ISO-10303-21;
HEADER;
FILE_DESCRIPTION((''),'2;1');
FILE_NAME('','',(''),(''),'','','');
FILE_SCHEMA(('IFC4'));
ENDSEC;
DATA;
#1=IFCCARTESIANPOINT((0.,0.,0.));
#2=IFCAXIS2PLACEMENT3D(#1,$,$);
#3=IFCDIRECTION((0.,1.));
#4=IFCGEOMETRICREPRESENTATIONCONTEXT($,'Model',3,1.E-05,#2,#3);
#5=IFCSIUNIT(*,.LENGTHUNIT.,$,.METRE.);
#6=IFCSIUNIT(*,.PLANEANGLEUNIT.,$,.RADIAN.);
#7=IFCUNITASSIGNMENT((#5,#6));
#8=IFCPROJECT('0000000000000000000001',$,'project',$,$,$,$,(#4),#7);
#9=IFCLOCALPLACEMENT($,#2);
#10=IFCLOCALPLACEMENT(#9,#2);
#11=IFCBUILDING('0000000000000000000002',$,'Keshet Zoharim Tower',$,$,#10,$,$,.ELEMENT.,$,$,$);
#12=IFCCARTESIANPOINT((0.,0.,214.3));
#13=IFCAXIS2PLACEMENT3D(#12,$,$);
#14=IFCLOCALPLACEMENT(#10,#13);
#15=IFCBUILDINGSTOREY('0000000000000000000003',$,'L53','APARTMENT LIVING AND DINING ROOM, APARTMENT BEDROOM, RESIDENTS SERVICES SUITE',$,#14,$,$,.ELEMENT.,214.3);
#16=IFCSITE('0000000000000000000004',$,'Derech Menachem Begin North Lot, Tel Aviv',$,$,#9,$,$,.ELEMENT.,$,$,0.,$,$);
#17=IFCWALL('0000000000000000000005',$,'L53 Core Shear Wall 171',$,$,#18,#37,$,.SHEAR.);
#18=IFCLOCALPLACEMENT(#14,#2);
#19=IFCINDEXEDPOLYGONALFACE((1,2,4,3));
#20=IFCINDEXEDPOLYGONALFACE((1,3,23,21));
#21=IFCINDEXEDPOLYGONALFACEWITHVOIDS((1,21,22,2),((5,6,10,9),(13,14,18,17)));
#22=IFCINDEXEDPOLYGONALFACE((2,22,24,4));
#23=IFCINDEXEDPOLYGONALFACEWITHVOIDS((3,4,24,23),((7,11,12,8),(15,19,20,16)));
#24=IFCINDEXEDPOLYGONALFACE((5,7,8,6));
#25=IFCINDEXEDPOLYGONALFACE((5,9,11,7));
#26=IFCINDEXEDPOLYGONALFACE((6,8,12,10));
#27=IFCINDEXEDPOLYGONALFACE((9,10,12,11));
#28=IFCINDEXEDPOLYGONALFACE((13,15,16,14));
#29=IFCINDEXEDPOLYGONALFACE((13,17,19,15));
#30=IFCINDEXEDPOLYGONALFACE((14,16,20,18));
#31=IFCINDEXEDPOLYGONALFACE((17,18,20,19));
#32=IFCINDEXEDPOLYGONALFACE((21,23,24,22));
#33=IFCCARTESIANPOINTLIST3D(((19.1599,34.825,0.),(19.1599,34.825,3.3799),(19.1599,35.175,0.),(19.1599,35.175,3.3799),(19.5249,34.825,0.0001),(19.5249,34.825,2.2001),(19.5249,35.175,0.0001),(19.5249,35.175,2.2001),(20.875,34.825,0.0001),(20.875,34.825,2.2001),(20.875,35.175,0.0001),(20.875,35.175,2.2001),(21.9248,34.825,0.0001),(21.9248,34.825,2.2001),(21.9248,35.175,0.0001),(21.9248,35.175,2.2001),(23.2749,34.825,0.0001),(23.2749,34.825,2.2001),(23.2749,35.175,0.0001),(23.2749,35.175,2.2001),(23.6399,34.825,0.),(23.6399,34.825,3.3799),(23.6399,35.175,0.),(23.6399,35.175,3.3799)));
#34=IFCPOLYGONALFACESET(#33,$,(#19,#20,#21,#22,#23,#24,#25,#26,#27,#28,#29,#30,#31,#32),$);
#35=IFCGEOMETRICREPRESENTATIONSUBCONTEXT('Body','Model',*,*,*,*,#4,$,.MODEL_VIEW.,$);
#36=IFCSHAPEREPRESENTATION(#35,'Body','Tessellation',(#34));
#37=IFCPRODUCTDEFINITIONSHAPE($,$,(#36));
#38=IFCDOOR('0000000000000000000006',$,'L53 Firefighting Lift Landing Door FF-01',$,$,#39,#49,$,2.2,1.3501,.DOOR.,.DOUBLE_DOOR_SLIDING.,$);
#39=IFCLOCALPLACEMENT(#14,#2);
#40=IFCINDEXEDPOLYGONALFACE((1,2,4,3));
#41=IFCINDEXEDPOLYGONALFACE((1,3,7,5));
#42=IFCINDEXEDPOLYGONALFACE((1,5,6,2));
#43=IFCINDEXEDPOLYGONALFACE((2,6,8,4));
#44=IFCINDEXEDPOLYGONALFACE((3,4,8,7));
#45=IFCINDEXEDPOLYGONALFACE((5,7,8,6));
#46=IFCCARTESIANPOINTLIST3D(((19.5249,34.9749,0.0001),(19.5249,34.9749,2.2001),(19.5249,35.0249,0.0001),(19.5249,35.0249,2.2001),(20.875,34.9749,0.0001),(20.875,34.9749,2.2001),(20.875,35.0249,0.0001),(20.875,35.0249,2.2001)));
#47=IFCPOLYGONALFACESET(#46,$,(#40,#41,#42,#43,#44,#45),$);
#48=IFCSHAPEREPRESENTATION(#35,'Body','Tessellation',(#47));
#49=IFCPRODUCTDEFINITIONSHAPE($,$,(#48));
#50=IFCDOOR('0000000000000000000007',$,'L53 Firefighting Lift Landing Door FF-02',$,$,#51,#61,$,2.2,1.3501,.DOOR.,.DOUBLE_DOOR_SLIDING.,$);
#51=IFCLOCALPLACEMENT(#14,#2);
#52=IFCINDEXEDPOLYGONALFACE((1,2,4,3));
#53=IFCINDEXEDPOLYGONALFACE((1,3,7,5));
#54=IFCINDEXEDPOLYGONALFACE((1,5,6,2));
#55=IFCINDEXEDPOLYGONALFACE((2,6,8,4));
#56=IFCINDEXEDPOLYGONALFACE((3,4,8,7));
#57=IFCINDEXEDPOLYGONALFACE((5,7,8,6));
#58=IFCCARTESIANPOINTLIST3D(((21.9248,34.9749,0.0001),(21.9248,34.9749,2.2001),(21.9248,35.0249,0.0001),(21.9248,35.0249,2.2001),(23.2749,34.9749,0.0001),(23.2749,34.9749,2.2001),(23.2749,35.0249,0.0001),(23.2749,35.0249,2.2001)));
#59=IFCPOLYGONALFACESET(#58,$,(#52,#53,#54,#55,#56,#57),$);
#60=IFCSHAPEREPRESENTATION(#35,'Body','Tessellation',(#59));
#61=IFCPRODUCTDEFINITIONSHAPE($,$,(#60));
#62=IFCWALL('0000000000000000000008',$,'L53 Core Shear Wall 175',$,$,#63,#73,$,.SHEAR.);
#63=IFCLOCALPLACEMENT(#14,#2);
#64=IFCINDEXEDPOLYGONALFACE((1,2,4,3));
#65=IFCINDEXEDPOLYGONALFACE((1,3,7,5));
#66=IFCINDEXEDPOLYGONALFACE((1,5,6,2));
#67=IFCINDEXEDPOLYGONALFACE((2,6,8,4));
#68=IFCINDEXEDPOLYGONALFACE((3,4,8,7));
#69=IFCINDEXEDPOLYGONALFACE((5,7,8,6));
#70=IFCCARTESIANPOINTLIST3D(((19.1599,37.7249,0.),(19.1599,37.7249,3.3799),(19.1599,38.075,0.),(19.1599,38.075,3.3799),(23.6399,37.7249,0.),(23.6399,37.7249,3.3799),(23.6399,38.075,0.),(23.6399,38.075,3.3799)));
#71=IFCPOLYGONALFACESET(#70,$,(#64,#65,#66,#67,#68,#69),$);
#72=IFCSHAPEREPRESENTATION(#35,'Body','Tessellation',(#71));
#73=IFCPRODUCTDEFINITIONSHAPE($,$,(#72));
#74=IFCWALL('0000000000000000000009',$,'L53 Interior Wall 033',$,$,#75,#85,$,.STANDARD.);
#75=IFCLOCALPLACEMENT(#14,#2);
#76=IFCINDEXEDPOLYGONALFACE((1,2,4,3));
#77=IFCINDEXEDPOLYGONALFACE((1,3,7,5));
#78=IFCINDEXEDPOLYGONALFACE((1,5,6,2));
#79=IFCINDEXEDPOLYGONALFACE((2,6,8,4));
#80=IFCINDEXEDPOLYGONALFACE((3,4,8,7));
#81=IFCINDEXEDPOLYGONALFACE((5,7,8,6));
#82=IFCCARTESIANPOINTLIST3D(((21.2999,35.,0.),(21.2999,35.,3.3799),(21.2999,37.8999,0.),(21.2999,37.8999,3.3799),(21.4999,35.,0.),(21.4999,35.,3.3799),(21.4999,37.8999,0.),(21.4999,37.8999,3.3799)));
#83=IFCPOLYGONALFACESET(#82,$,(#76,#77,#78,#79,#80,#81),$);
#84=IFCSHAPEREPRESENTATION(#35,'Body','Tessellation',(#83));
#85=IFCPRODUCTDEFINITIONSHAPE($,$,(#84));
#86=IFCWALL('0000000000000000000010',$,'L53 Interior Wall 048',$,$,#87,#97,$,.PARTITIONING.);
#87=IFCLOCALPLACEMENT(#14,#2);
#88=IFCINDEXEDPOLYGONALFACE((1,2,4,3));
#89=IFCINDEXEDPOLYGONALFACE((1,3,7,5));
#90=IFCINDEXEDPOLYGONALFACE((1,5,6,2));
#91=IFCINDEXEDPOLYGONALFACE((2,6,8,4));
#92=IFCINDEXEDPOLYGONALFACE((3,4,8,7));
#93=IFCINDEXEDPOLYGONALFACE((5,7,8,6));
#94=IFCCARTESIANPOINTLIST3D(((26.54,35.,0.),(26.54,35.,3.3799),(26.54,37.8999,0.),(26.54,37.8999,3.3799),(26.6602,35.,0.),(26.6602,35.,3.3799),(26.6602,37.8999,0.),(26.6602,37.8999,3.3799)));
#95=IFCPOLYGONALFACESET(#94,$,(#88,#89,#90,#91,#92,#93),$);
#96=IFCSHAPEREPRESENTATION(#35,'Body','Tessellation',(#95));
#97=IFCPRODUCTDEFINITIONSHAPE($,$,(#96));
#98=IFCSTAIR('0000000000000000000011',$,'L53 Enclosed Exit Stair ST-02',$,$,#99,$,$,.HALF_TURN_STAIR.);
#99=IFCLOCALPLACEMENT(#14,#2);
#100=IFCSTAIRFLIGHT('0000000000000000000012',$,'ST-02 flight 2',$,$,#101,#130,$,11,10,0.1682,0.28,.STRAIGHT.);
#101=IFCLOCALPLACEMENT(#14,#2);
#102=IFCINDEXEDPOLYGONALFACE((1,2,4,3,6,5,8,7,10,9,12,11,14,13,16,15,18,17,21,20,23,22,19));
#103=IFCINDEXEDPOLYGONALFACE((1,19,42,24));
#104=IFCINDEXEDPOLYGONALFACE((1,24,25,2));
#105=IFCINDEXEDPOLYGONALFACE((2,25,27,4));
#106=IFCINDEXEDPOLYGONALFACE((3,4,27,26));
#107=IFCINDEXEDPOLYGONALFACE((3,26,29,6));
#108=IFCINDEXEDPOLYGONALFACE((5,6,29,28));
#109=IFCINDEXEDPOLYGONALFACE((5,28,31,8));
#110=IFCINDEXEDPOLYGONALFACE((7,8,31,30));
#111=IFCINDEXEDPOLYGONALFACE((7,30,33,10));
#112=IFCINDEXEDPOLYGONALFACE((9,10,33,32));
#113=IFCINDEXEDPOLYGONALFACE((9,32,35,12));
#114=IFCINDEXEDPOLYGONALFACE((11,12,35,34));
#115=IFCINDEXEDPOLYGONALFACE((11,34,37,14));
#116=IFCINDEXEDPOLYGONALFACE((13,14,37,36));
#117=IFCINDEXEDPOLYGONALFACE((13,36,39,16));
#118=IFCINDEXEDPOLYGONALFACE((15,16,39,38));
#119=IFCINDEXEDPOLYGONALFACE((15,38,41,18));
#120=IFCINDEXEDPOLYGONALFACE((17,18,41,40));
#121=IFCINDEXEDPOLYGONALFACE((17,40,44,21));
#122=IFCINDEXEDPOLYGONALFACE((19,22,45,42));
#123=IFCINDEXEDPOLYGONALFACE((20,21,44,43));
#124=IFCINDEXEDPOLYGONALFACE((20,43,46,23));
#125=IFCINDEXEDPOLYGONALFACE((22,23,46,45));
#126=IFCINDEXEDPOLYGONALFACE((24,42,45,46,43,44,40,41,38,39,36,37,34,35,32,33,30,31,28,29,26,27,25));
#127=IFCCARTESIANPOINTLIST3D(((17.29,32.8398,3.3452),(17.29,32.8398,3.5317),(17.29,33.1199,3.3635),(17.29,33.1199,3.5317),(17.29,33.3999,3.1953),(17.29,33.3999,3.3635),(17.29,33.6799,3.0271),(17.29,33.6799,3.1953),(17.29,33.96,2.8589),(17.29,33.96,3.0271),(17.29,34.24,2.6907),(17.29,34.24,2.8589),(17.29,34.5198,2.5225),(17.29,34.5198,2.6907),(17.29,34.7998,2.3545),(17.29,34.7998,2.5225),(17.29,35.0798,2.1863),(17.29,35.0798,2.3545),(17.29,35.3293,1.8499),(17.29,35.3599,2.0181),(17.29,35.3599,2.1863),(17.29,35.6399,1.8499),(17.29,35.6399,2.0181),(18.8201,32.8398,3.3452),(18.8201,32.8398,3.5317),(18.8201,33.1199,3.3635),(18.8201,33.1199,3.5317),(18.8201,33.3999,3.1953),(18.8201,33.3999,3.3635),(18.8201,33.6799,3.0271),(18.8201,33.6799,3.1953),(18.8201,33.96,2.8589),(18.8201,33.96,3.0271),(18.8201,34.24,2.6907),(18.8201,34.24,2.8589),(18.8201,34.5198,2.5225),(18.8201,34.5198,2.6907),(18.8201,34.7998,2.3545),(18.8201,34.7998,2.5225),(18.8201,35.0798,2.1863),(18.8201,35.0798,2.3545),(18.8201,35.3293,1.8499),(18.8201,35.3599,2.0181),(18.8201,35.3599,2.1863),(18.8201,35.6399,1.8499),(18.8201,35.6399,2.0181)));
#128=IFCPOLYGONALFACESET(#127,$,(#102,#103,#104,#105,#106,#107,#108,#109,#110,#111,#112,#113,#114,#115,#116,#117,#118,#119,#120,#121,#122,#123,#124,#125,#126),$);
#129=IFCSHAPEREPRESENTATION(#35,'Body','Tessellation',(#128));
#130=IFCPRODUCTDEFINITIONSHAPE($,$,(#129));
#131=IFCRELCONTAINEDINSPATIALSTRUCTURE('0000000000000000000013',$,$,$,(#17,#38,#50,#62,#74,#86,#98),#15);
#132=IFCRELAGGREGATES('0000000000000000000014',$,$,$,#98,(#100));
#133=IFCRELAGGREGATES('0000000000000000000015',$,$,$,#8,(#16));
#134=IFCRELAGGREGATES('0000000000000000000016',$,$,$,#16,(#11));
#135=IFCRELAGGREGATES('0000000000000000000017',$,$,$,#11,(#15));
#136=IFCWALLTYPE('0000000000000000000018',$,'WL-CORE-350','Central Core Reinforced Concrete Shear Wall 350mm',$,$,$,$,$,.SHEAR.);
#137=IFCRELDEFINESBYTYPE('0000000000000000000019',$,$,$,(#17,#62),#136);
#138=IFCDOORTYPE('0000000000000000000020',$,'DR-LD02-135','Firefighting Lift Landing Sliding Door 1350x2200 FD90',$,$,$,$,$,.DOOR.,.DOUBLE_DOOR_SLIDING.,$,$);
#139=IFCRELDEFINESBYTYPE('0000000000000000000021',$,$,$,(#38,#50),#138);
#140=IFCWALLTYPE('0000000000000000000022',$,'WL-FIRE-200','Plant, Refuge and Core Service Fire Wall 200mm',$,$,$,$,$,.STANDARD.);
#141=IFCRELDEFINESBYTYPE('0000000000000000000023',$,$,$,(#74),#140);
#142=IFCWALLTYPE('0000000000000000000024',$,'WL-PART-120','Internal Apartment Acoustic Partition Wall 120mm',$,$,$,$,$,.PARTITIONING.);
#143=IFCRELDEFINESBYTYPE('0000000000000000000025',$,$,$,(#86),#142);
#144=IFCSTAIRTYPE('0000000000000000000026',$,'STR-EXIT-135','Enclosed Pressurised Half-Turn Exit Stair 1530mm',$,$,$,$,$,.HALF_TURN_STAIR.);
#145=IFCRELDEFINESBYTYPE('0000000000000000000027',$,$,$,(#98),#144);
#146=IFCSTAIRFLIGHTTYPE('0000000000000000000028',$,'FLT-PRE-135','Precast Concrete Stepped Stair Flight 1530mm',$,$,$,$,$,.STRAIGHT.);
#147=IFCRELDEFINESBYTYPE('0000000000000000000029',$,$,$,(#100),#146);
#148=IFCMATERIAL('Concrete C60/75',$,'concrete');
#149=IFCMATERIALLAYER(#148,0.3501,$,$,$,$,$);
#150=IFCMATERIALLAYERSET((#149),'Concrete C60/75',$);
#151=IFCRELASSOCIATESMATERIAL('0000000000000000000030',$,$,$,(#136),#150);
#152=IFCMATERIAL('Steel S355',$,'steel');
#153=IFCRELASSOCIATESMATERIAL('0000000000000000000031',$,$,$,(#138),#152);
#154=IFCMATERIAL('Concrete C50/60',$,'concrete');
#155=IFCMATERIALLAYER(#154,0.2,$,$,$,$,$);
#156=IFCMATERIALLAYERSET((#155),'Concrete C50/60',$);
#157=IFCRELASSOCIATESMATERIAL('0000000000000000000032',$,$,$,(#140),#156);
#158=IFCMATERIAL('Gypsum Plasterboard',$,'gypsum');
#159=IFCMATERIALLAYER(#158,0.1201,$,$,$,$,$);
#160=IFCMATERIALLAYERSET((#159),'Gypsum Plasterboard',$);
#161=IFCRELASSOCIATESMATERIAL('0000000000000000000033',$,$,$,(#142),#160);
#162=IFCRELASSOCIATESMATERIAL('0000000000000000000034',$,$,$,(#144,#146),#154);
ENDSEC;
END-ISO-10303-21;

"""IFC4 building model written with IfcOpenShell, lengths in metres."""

from ifc_helpers import new_model, si_unit, direction, frame, frame_2d, origin, place, context, subcontext, project, spatial, polyline, rectangle, outline, extrude, material, layer, layer_set, type_object, element, fill, aggregate, save


model = new_model("IFC4")

# Units and contexts
model_context = context("Model", 3, precision=1e-05, world=origin(), true_north=direction((0.0, 1.0)))
body_context = subcontext(model_context, "Body", "Model", "MODEL_VIEW")
ifc_project = project(units=[si_unit("LENGTHUNIT", "METRE"), si_unit("PLANEANGLEUNIT", "RADIAN")], contexts=[model_context])

# Site, building, storey
site_placement = place(None, origin())
site = spatial("IfcSite", under=ifc_project, at=site_placement, Name="Derech Menachem Begin North Lot, Tel Aviv", CompositionType="ELEMENT", RefElevation=0.0)
building_placement = place(site_placement, origin())
building = spatial("IfcBuilding", under=site, at=building_placement, Name="Keshet Zoharim Tower", CompositionType="ELEMENT")
storey_placement = place(building_placement, frame((0.0, 0.0, 214.3)))
storey = spatial("IfcBuildingStorey", under=building, at=storey_placement, Name="L53", Description="APARTMENT LIVING AND DINING ROOM, APARTMENT BEDROOM, RESIDENTS SERVICES SUITE", CompositionType="ELEMENT", Elevation=214.3)

# Shared definitions
ifc_material_1 = material(Name="Steel S355", Category="steel")

# Shared definitions
ifc_material_2 = material(Name="Gypsum Plasterboard", Category="gypsum")
ifc_material_3 = material(Name="Concrete C60/75", Category="concrete")
ifc_layer_1 = layer(ifc_material_3, 0.3501)
ifc_layer_set_1 = layer_set([ifc_layer_1], Name="Concrete C60/75")
wall_type_1 = type_object("IfcWallType", Name="WL-CORE-350", Description="Central Core Reinforced Concrete Shear Wall 350mm", PredefinedType="SHEAR", material=ifc_layer_set_1)

# Wall, openings, doors
wall_1_placement = place(storey_placement, frame((19.1599, 35.0, 0.0), z_axis=(0.0, 0.0, 1.0), x_axis=(1.0, 0.0, 0.0)))
wall_1 = element("IfcWall", 1, at=wall_1_placement, inside=storey, type_object=wall_type_1, Name="L53 Core Shear Wall 171", PredefinedType="SHEAR", context=body_context, shape_type="SweptSolid", body=[
    extrude(rectangle(XDim=4.48, YDim=0.3501, at=frame_2d((2.24, 0.0))), origin(), (0.0, 0.0, 1.0), 3.3799),
])
opening_1_placement = place(wall_1_placement, frame((0.365, 0.0, 0.0)))
opening_1 = element("IfcOpeningElement", 2, at=opening_1_placement, cuts=wall_1, PredefinedType="OPENING", context=body_context, shape_type="SweptSolid", body=[
    extrude(rectangle(XDim=1.3501, YDim=2.2, at=frame_2d((0.675, 1.1001))), frame((0.0, 0.1851, 0.0), z_axis=(0.0, -1.0, 0.0), x_axis=(1.0, 0.0, 0.0)), (0.0, 0.0, 1.0), 0.3701),
])
opening_2_placement = place(wall_1_placement, frame((2.7649, 0.0, 0.0)))
opening_2 = element("IfcOpeningElement", 3, at=opening_2_placement, cuts=wall_1, PredefinedType="OPENING", context=body_context, shape_type="SweptSolid", body=[
    extrude(rectangle(XDim=1.3501, YDim=2.2, at=frame_2d((0.675, 1.1001))), frame((0.0, 0.1851, 0.0), z_axis=(0.0, -1.0, 0.0), x_axis=(1.0, 0.0, 0.0)), (0.0, 0.0, 1.0), 0.3701),
])
door_type_1 = type_object("IfcDoorType", Name="DR-LD02-135", Description="Firefighting Lift Landing Sliding Door 1350x2200 FD90", OperationType="DOUBLE_DOOR_SLIDING", PredefinedType="DOOR", material=ifc_material_1)
door_1_placement = place(opening_1_placement, origin())
door_1 = element("IfcDoor", 4, at=door_1_placement, inside=storey, type_object=door_type_1, Name="L53 Firefighting Lift Landing Door FF-01", OperationType="DOUBLE_DOOR_SLIDING", OverallHeight=2.2, OverallWidth=1.3501, PredefinedType="DOOR", context=body_context, shape_type="SweptSolid", body=[
    extrude(rectangle(XDim=1.3501, YDim=2.2, at=frame_2d((0.675, 1.1001))), frame((0.0, 0.0249, 0.0), z_axis=(0.0, -1.0, 0.0), x_axis=(1.0, 0.0, 0.0)), (0.0, 0.0, 1.0), 0.05),
])
fill(opening_1, door_1)
door_2_placement = place(opening_2_placement, origin())
door_2 = element("IfcDoor", 5, at=door_2_placement, inside=storey, type_object=door_type_1, Name="L53 Firefighting Lift Landing Door FF-02", OperationType="DOUBLE_DOOR_SLIDING", OverallHeight=2.2, OverallWidth=1.3501, PredefinedType="DOOR", context=body_context, shape_type="SweptSolid", body=[
    extrude(rectangle(XDim=1.3501, YDim=2.2, at=frame_2d((0.675, 1.1001))), frame((0.0, 0.0249, 0.0), z_axis=(0.0, -1.0, 0.0), x_axis=(1.0, 0.0, 0.0)), (0.0, 0.0, 1.0), 0.05),
])
fill(opening_2, door_2)

# Walls
wall_2_placement = place(storey_placement, frame((19.1599, 37.8999, 0.0), z_axis=(0.0, 0.0, 1.0), x_axis=(1.0, 0.0, 0.0)))
element("IfcWall", 6, at=wall_2_placement, inside=storey, type_object=wall_type_1, Name="L53 Core Shear Wall 175", PredefinedType="SHEAR", context=body_context, shape_type="SweptSolid", body=[
    extrude(rectangle(XDim=4.48, YDim=0.3501, at=frame_2d((2.24, 0.0))), origin(), (0.0, 0.0, 1.0), 3.3799),
])
ifc_material_4 = material(Name="Concrete C50/60", Category="concrete")
ifc_layer_2 = layer(ifc_material_4, 0.2)
ifc_layer_set_2 = layer_set([ifc_layer_2], Name="Concrete C50/60")
wall_type_2 = type_object("IfcWallType", Name="WL-FIRE-200", Description="Plant, Refuge and Core Service Fire Wall 200mm", PredefinedType="STANDARD", material=ifc_layer_set_2)
wall_3_placement = place(storey_placement, frame((21.3999, 35.0, 0.0), z_axis=(0.0, 0.0, 1.0), x_axis=(0.0, 1.0, 0.0)))
element("IfcWall", 7, at=wall_3_placement, inside=storey, type_object=wall_type_2, Name="L53 Interior Wall 033", PredefinedType="STANDARD", context=body_context, shape_type="SweptSolid", body=[
    extrude(rectangle(XDim=2.8999, YDim=0.2, at=frame_2d((1.45, 0.0))), origin(), (0.0, 0.0, 1.0), 3.3799),
])
ifc_layer_3 = layer(ifc_material_2, 0.1201)
ifc_layer_set_3 = layer_set([ifc_layer_3], Name="Gypsum Plasterboard")
wall_type_3 = type_object("IfcWallType", Name="WL-PART-120", Description="Internal Apartment Acoustic Partition Wall 120mm", PredefinedType="PARTITIONING", material=ifc_layer_set_3)
wall_4_placement = place(storey_placement, frame((26.6001, 35.0, 0.0), z_axis=(0.0, 0.0, 1.0), x_axis=(0.0, 1.0, 0.0)))
element("IfcWall", 8, at=wall_4_placement, inside=storey, type_object=wall_type_3, Name="L53 Interior Wall 048", PredefinedType="PARTITIONING", context=body_context, shape_type="SweptSolid", body=[
    extrude(rectangle(XDim=2.8999, YDim=0.1201, at=frame_2d((1.45, 0.0))), origin(), (0.0, 0.0, 1.0), 3.3799),
])

# Stair, stair flight
stair_type = type_object("IfcStairType", Name="STR-EXIT-135", Description="Enclosed Pressurised Half-Turn Exit Stair 1530mm", PredefinedType="HALF_TURN_STAIR", material=ifc_material_4)
stair_placement = place(storey_placement, origin())
stair = element("IfcStair", 9, at=stair_placement, inside=storey, type_object=stair_type, Name="L53 Enclosed Exit Stair ST-02", PredefinedType="HALF_TURN_STAIR")
stair_flight_type = type_object("IfcStairFlightType", Name="FLT-PRE-135", Description="Precast Concrete Stepped Stair Flight 1530mm", PredefinedType="STRAIGHT", material=ifc_material_4)
stair_flight_placement = place(storey_placement, frame((18.0549, 35.6399, 1.8499), z_axis=(0.0, 0.0, 1.0), x_axis=(0.0, -1.0, 0.0)))
stair_flight = element("IfcStairFlight", 10, at=stair_flight_placement, type_object=stair_flight_type, Name="ST-02 flight 2", NumberOfRisers=11, NumberOfTreads=10, PredefinedType="STRAIGHT", RiserHeight=0.1682, TreadLength=0.28, context=body_context, shape_type="SweptSolid", body=[
    extrude(outline(polyline([(0.0, 0.0), (0.0, 0.1682), (0.28, 0.1682), (0.28, 0.3364), (0.5601, 0.3364), (0.5601, 0.5046), (0.8401, 0.5046), (0.8401, 0.6726), (1.1201, 0.6726), (1.1201, 0.8408), (1.3999, 0.8408), (1.3999, 1.009), (1.6799, 1.009), (1.6799, 1.1772), (1.96, 1.1772), (1.96, 1.3455), (2.24, 1.3455), (2.24, 1.5137), (2.52, 1.5137), (2.52, 1.6819), (2.8, 1.6819), (2.8, 1.8501), (2.8, 1.4954), (0.3105, 0.0), (0.0, 0.0)])), frame((0.0, 0.7651, 0.0), z_axis=(0.0, -1.0, 0.0), x_axis=(1.0, 0.0, 0.0)), (0.0, 0.0, 1.0), 1.53),
])
aggregate(stair, [stair_flight])

save(model, "model.ifc")
